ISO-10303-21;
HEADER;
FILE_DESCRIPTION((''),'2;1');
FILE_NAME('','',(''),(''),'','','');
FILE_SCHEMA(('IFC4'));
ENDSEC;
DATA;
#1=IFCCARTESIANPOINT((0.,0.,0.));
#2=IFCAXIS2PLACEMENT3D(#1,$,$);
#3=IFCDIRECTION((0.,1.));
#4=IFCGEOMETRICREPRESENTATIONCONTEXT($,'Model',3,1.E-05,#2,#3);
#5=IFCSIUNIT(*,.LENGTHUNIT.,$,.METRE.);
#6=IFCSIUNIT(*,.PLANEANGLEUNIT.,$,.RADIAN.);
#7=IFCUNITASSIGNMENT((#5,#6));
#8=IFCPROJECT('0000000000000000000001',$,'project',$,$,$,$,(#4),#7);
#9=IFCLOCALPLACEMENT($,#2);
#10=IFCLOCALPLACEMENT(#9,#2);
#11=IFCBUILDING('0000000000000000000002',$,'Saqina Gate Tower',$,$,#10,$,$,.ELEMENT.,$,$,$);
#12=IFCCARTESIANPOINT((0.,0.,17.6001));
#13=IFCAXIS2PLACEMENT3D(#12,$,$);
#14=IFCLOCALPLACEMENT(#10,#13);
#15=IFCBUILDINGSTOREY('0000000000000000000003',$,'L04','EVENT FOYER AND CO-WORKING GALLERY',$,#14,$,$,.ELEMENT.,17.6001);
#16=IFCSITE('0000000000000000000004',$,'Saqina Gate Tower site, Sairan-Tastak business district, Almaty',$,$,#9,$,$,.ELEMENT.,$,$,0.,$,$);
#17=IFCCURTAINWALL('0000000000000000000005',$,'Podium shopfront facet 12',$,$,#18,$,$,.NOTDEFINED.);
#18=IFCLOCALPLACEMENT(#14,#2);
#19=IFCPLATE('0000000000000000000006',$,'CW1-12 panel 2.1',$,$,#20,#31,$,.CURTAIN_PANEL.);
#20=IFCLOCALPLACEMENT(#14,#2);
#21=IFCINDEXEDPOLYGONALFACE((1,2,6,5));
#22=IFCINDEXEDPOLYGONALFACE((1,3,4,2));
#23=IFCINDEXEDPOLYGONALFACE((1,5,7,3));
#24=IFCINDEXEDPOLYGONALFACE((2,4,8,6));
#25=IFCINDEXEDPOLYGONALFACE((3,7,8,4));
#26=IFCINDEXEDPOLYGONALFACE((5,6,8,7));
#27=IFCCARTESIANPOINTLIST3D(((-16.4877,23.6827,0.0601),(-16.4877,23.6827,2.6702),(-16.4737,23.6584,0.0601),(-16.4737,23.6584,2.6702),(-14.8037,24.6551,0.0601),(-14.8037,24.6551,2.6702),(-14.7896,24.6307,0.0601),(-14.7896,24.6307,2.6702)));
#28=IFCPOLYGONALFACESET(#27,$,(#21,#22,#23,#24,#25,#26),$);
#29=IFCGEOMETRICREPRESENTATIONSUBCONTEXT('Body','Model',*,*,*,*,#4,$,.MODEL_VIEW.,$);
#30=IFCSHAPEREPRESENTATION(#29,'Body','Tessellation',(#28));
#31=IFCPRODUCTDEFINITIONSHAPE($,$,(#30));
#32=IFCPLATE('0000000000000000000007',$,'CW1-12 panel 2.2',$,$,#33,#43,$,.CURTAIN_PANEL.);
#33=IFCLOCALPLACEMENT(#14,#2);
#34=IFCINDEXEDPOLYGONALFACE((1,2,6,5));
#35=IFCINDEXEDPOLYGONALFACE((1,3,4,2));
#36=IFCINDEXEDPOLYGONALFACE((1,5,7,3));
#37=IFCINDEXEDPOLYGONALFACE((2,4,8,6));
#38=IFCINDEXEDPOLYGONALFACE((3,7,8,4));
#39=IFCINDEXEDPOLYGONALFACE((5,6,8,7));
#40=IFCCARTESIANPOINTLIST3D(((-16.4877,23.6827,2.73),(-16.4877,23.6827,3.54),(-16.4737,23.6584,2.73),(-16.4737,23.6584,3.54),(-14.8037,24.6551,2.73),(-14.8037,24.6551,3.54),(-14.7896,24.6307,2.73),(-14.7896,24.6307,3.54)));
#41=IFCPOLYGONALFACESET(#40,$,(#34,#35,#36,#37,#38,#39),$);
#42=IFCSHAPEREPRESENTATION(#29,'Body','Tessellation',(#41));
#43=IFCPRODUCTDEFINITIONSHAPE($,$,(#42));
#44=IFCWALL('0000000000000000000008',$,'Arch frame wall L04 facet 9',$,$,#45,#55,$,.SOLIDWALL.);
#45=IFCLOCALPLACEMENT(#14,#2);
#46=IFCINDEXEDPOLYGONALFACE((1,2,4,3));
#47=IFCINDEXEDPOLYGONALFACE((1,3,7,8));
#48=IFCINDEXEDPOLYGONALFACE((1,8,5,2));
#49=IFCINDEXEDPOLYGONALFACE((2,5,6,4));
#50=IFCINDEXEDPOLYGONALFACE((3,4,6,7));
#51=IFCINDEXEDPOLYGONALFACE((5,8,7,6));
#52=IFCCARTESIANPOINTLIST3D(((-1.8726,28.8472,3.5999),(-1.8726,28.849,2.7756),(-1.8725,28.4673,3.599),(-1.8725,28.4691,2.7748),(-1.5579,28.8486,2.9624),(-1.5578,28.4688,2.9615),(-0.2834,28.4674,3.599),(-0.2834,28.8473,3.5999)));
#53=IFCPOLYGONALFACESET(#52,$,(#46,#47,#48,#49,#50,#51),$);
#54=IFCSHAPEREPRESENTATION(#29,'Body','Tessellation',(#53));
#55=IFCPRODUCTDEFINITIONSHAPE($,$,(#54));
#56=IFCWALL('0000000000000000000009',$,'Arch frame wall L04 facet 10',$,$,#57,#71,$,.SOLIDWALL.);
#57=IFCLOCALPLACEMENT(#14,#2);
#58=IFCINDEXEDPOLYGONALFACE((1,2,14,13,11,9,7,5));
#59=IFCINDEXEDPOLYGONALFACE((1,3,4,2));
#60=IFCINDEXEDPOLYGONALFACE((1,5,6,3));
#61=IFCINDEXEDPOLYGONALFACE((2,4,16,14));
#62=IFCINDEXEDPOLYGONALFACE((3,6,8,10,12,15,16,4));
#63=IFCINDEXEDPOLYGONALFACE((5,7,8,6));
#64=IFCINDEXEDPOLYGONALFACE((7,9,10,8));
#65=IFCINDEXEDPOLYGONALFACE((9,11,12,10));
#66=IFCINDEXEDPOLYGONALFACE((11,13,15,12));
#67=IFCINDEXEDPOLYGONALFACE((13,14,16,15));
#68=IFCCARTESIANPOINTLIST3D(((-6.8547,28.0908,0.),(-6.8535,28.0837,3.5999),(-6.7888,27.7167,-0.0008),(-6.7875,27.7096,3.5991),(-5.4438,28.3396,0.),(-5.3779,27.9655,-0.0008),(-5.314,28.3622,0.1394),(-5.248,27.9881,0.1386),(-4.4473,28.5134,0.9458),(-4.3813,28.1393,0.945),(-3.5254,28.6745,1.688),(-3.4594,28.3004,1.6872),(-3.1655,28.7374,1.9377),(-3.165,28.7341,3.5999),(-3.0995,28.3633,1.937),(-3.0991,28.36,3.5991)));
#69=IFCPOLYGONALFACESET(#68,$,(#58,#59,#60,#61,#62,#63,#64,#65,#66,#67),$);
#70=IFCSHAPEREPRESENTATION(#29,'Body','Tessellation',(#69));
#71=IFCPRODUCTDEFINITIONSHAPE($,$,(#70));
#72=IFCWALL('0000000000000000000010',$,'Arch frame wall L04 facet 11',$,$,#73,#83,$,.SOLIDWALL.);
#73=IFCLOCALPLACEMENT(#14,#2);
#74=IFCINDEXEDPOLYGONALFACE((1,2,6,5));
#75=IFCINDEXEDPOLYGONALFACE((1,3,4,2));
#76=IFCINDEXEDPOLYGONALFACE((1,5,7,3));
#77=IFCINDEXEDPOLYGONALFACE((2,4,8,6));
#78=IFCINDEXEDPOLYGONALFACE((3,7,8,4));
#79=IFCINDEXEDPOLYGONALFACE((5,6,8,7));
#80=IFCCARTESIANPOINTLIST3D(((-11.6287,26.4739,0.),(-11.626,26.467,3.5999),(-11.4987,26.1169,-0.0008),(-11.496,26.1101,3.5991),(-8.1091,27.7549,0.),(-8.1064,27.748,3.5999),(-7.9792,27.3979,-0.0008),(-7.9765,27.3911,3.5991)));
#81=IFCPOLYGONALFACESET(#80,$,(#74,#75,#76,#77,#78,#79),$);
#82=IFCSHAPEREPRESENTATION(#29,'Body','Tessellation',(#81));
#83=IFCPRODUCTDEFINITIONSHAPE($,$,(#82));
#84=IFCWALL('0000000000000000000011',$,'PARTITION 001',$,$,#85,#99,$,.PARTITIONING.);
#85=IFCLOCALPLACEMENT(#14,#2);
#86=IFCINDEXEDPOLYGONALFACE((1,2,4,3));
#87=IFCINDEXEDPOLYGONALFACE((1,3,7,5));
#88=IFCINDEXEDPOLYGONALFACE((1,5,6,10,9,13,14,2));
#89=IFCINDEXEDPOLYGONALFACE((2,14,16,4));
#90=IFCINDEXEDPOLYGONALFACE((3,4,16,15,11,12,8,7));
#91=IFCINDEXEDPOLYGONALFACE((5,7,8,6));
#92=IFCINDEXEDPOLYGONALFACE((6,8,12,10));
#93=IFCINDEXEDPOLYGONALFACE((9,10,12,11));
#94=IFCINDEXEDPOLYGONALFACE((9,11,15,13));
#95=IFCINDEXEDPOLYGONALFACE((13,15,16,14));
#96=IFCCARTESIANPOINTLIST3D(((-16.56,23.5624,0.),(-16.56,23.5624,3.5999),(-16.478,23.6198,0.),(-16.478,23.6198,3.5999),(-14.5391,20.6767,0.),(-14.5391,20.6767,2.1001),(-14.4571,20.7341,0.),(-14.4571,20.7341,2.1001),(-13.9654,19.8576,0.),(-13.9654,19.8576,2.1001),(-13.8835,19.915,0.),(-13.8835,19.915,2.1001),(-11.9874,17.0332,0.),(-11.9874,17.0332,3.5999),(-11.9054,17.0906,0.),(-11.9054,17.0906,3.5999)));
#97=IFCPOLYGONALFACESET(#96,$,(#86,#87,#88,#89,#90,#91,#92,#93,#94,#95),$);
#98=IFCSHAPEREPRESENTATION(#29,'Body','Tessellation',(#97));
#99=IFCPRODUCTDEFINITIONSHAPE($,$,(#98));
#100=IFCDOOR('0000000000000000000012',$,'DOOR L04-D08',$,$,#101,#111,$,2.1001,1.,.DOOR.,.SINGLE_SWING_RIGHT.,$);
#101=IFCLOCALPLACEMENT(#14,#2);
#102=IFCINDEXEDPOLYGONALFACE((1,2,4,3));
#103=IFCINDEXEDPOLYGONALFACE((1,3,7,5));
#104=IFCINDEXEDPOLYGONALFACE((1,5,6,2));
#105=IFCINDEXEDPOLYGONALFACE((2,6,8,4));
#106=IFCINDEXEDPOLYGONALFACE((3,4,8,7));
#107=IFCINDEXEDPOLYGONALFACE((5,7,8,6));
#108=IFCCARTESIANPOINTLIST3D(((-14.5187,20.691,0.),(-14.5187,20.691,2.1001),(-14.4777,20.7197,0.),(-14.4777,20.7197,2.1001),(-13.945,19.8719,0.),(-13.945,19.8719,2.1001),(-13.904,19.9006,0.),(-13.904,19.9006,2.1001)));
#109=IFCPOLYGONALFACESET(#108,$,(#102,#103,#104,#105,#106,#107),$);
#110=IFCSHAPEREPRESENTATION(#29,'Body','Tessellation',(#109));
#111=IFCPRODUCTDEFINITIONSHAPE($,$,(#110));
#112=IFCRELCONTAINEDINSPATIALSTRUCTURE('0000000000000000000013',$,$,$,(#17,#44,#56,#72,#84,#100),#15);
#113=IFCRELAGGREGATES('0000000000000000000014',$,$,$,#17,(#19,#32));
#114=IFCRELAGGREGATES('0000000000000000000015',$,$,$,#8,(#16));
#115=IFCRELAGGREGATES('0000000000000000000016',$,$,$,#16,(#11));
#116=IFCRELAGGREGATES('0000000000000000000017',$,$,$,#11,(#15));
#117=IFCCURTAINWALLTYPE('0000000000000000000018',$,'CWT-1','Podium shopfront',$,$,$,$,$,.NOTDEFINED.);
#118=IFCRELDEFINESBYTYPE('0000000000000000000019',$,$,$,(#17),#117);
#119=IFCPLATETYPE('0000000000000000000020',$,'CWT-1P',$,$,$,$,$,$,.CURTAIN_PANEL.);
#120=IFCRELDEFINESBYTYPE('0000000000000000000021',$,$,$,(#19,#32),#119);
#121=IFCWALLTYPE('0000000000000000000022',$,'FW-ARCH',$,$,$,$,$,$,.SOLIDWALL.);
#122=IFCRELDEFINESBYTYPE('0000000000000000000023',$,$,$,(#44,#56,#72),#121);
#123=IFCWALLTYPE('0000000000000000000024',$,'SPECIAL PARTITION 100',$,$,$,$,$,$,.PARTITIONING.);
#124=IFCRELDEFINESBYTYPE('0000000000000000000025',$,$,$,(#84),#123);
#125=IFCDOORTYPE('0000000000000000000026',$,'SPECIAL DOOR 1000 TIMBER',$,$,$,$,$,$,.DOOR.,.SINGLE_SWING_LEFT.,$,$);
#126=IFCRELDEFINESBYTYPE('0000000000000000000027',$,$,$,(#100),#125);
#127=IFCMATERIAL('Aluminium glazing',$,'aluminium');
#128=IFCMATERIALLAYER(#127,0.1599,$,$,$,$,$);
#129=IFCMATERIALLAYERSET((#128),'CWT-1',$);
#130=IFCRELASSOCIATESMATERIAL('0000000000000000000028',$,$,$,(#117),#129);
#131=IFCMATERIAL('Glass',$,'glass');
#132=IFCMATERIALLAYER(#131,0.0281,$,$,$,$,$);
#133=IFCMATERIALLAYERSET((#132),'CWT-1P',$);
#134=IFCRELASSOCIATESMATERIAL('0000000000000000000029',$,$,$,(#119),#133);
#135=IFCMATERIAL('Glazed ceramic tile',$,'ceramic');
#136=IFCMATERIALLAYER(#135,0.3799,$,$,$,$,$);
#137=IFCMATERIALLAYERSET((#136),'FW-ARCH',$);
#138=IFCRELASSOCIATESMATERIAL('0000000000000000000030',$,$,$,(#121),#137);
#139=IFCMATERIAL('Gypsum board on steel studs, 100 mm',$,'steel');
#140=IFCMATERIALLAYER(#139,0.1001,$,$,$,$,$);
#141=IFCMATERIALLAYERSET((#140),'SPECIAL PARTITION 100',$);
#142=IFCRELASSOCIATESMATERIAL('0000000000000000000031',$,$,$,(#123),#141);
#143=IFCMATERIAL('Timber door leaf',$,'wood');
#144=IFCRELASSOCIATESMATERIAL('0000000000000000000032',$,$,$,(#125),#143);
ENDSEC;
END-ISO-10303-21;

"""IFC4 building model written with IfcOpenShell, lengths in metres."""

from ifc_helpers import new_model, si_unit, direction, frame, frame_2d, origin, origin_2d, place, context, subcontext, project, spatial, polyline, rectangle, outline, extrude, material, layer, layer_set, type_object, element, fill, aggregate, save


model = new_model("IFC4")

# Units and contexts
model_context = context("Model", 3, precision=1e-05, world=origin(), true_north=direction((0.0, 1.0)))
body_context = subcontext(model_context, "Body", "Model", "MODEL_VIEW")
ifc_project = project(units=[si_unit("LENGTHUNIT", "METRE"), si_unit("PLANEANGLEUNIT", "RADIAN")], contexts=[model_context])

# Site, building, storey
site_placement = place(None, origin())
site = spatial("IfcSite", under=ifc_project, at=site_placement, Name="Saqina Gate Tower site, Sairan-Tastak business district, Almaty", CompositionType="ELEMENT", RefElevation=0.0)
building_placement = place(site_placement, origin())
building = spatial("IfcBuilding", under=site, at=building_placement, Name="Saqina Gate Tower", CompositionType="ELEMENT")
storey_placement = place(building_placement, frame((0.0, 0.0, 17.6001)))
storey = spatial("IfcBuildingStorey", under=building, at=storey_placement, Name="L04", Description="EVENT FOYER AND CO-WORKING GALLERY", CompositionType="ELEMENT", Elevation=17.6001)

# Curtain wall
ifc_material_1 = material(Name="Aluminium glazing", Category="aluminium")
ifc_layer_1 = layer(ifc_material_1, 0.1599)
ifc_layer_set_1 = layer_set([ifc_layer_1], Name="CWT-1")
curtain_wall_type = type_object("IfcCurtainWallType", Name="CWT-1", Description="Podium shopfront", PredefinedType="NOTDEFINED", material=ifc_layer_set_1)
curtain_wall_1_placement = place(storey_placement, origin())
curtain_wall_1 = element("IfcCurtainWall", 1, at=curtain_wall_1_placement, inside=storey, type_object=curtain_wall_type, Name="Podium shopfront facet 12", PredefinedType="NOTDEFINED")

# Plates
ifc_material_2 = material(Name="Glass", Category="glass")
ifc_layer_2 = layer(ifc_material_2, 0.0281)
ifc_layer_set_2 = layer_set([ifc_layer_2], Name="CWT-1P")
plate_type = type_object("IfcPlateType", Name="CWT-1P", PredefinedType="CURTAIN_PANEL", material=ifc_layer_set_2)
plate_1_placement = place(storey_placement, frame((-15.6387, 24.1567, 0.0601), z_axis=(0.0, 0.0, 1.0), x_axis=(-0.866017, -0.500014, 0.0)))
plate_1 = element("IfcPlate", 2, at=plate_1_placement, type_object=plate_type, Name="CW1-12 panel 2.1", PredefinedType="CURTAIN_PANEL", context=body_context, shape_type="SweptSolid", body=[
    extrude(rectangle(XDim=1.9446, YDim=0.0281, at=origin_2d()), origin(), (0.0, 0.0, 1.0), 2.6101),
])
plate_2_placement = place(storey_placement, frame((-15.6387, 24.1567, 2.73), z_axis=(0.0, 0.0, 1.0), x_axis=(-0.866017, -0.500014, 0.0)))
plate_2 = element("IfcPlate", 3, at=plate_2_placement, type_object=plate_type, Name="CW1-12 panel 2.2", PredefinedType="CURTAIN_PANEL", context=body_context, shape_type="SweptSolid", body=[
    extrude(rectangle(XDim=1.9446, YDim=0.0281, at=origin_2d()), origin(), (0.0, 0.0, 1.0), 0.8101),
])
aggregate(curtain_wall_1, [plate_1, plate_2])

# Walls
ifc_material_3 = material(Name="Glazed ceramic tile", Category="ceramic")
ifc_layer_3 = layer(ifc_material_3, 0.3799)
ifc_layer_set_3 = layer_set([ifc_layer_3], Name="FW-ARCH")
wall_type_1 = type_object("IfcWallType", Name="FW-ARCH", PredefinedType="SOLIDWALL", material=ifc_layer_set_3)
wall_1_placement = place(storey_placement, frame((-1.8726, 28.8472, 3.5999), z_axis=(-0.000093, 0.999997, 0.002252), x_axis=(0.0, 0.002252, -0.999997)))
element("IfcWall", 4, at=wall_1_placement, inside=storey, type_object=wall_type_1, Name="Arch frame wall L04 facet 9", PredefinedType="SOLIDWALL", context=body_context, shape_type="SweptSolid", body=[
    extrude(outline(polyline([(0.0, 0.0), (0.8242, 0.0), (0.6375, -0.3147), (0.0, -1.5891), (0.0, 0.0)])), origin(), (0.0, 0.0, -1.0), 0.3799),
])
wall_2_placement = place(storey_placement, frame((-3.165, 28.7341, 3.5999), z_axis=(-0.173671, 0.984802, 0.002008), x_axis=(-0.984804, -0.173671, 0.0)))
element("IfcWall", 5, at=wall_2_placement, inside=storey, type_object=wall_type_1, Name="Arch frame wall L04 facet 10", PredefinedType="SOLIDWALL", context=body_context, shape_type="SweptSolid", body=[
    extrude(outline(polyline([(0.0, 0.0), (3.7454, 0.0), (3.7454, -3.5999), (2.3127, -3.5999), (2.1808, -3.4605), (1.3011, -2.6541), (0.3652, -1.9119), (-0.0001, -1.6621), (0.0, 0.0)])), origin(), (0.0, 0.0, -1.0), 0.3799),
])
wall_3_placement = place(storey_placement, frame((-8.1091, 27.7549, 0.0), z_axis=(-0.34202, 0.939691, 0.00204), x_axis=(0.000746, -0.001899, 0.999998)))
element("IfcWall", 6, at=wall_3_placement, inside=storey, type_object=wall_type_1, Name="Arch frame wall L04 facet 11", PredefinedType="SOLIDWALL", context=body_context, shape_type="SweptSolid", body=[
    extrude(outline(polyline([(0.0, 0.0), (3.5999, 0.0), (3.5997, -3.7454), (-0.0002, -3.7454), (0.0, 0.0)])), origin(), (0.0, 0.0, -1.0), 0.3799),
])

# Wall, opening, door
ifc_material_4 = material(Name="Gypsum board on steel studs, 100 mm", Category="steel")
ifc_layer_4 = layer(ifc_material_4, 0.1001)
ifc_layer_set_4 = layer_set([ifc_layer_4], Name="SPECIAL PARTITION 100")
wall_type_2 = type_object("IfcWallType", Name="SPECIAL PARTITION 100", PredefinedType="PARTITIONING", material=ifc_layer_set_4)
wall_4_placement = place(storey_placement, frame((-16.519, 23.5911, 0.0), z_axis=(0.0, 0.0, 1.0), x_axis=(0.573651, -0.8191, 0.0)))
wall_4 = element("IfcWall", 7, at=wall_4_placement, inside=storey, type_object=wall_type_2, Name="PARTITION 001", PredefinedType="PARTITIONING", context=body_context, shape_type="SweptSolid", body=[
    extrude(rectangle(XDim=7.9712, YDim=0.1001, at=frame_2d((3.9856, 0.0))), origin(), (0.0, 0.0, 1.0), 3.5999),
])
opening_placement = place(wall_4_placement, frame((3.5229, 0.0, 0.0)))
opening = element("IfcOpeningElement", 8, at=opening_placement, cuts=wall_4, PredefinedType="OPENING", context=body_context, shape_type="SweptSolid", body=[
    extrude(rectangle(XDim=1.0, YDim=2.1001, at=frame_2d((0.5, 1.05))), frame((0.0, 0.062, 0.0), z_axis=(0.0, -1.0, 0.0), x_axis=(1.0, 0.0, 0.0)), (0.0, 0.0, 1.0), 0.124),
])
ifc_material_5 = material(Name="Timber door leaf", Category="wood")
door_type = type_object("IfcDoorType", Name="SPECIAL DOOR 1000 TIMBER", OperationType="SINGLE_SWING_LEFT", PredefinedType="DOOR", material=ifc_material_5)
door_placement = place(opening_placement, origin())
door = element("IfcDoor", 9, at=door_placement, inside=storey, type_object=door_type, Name="DOOR L04-D08", OperationType="SINGLE_SWING_RIGHT", OverallHeight=2.1001, OverallWidth=1.0, PredefinedType="DOOR", context=body_context, shape_type="SweptSolid", body=[
    extrude(rectangle(XDim=1.0, YDim=2.1001, at=frame_2d((0.5, 1.05))), frame((0.0, 0.0249, 0.0), z_axis=(0.0, -1.0, 0.0), x_axis=(1.0, 0.0, 0.0)), (0.0, 0.0, 1.0), 0.05),
])
fill(opening, door)

save(model, "model.ifc")
